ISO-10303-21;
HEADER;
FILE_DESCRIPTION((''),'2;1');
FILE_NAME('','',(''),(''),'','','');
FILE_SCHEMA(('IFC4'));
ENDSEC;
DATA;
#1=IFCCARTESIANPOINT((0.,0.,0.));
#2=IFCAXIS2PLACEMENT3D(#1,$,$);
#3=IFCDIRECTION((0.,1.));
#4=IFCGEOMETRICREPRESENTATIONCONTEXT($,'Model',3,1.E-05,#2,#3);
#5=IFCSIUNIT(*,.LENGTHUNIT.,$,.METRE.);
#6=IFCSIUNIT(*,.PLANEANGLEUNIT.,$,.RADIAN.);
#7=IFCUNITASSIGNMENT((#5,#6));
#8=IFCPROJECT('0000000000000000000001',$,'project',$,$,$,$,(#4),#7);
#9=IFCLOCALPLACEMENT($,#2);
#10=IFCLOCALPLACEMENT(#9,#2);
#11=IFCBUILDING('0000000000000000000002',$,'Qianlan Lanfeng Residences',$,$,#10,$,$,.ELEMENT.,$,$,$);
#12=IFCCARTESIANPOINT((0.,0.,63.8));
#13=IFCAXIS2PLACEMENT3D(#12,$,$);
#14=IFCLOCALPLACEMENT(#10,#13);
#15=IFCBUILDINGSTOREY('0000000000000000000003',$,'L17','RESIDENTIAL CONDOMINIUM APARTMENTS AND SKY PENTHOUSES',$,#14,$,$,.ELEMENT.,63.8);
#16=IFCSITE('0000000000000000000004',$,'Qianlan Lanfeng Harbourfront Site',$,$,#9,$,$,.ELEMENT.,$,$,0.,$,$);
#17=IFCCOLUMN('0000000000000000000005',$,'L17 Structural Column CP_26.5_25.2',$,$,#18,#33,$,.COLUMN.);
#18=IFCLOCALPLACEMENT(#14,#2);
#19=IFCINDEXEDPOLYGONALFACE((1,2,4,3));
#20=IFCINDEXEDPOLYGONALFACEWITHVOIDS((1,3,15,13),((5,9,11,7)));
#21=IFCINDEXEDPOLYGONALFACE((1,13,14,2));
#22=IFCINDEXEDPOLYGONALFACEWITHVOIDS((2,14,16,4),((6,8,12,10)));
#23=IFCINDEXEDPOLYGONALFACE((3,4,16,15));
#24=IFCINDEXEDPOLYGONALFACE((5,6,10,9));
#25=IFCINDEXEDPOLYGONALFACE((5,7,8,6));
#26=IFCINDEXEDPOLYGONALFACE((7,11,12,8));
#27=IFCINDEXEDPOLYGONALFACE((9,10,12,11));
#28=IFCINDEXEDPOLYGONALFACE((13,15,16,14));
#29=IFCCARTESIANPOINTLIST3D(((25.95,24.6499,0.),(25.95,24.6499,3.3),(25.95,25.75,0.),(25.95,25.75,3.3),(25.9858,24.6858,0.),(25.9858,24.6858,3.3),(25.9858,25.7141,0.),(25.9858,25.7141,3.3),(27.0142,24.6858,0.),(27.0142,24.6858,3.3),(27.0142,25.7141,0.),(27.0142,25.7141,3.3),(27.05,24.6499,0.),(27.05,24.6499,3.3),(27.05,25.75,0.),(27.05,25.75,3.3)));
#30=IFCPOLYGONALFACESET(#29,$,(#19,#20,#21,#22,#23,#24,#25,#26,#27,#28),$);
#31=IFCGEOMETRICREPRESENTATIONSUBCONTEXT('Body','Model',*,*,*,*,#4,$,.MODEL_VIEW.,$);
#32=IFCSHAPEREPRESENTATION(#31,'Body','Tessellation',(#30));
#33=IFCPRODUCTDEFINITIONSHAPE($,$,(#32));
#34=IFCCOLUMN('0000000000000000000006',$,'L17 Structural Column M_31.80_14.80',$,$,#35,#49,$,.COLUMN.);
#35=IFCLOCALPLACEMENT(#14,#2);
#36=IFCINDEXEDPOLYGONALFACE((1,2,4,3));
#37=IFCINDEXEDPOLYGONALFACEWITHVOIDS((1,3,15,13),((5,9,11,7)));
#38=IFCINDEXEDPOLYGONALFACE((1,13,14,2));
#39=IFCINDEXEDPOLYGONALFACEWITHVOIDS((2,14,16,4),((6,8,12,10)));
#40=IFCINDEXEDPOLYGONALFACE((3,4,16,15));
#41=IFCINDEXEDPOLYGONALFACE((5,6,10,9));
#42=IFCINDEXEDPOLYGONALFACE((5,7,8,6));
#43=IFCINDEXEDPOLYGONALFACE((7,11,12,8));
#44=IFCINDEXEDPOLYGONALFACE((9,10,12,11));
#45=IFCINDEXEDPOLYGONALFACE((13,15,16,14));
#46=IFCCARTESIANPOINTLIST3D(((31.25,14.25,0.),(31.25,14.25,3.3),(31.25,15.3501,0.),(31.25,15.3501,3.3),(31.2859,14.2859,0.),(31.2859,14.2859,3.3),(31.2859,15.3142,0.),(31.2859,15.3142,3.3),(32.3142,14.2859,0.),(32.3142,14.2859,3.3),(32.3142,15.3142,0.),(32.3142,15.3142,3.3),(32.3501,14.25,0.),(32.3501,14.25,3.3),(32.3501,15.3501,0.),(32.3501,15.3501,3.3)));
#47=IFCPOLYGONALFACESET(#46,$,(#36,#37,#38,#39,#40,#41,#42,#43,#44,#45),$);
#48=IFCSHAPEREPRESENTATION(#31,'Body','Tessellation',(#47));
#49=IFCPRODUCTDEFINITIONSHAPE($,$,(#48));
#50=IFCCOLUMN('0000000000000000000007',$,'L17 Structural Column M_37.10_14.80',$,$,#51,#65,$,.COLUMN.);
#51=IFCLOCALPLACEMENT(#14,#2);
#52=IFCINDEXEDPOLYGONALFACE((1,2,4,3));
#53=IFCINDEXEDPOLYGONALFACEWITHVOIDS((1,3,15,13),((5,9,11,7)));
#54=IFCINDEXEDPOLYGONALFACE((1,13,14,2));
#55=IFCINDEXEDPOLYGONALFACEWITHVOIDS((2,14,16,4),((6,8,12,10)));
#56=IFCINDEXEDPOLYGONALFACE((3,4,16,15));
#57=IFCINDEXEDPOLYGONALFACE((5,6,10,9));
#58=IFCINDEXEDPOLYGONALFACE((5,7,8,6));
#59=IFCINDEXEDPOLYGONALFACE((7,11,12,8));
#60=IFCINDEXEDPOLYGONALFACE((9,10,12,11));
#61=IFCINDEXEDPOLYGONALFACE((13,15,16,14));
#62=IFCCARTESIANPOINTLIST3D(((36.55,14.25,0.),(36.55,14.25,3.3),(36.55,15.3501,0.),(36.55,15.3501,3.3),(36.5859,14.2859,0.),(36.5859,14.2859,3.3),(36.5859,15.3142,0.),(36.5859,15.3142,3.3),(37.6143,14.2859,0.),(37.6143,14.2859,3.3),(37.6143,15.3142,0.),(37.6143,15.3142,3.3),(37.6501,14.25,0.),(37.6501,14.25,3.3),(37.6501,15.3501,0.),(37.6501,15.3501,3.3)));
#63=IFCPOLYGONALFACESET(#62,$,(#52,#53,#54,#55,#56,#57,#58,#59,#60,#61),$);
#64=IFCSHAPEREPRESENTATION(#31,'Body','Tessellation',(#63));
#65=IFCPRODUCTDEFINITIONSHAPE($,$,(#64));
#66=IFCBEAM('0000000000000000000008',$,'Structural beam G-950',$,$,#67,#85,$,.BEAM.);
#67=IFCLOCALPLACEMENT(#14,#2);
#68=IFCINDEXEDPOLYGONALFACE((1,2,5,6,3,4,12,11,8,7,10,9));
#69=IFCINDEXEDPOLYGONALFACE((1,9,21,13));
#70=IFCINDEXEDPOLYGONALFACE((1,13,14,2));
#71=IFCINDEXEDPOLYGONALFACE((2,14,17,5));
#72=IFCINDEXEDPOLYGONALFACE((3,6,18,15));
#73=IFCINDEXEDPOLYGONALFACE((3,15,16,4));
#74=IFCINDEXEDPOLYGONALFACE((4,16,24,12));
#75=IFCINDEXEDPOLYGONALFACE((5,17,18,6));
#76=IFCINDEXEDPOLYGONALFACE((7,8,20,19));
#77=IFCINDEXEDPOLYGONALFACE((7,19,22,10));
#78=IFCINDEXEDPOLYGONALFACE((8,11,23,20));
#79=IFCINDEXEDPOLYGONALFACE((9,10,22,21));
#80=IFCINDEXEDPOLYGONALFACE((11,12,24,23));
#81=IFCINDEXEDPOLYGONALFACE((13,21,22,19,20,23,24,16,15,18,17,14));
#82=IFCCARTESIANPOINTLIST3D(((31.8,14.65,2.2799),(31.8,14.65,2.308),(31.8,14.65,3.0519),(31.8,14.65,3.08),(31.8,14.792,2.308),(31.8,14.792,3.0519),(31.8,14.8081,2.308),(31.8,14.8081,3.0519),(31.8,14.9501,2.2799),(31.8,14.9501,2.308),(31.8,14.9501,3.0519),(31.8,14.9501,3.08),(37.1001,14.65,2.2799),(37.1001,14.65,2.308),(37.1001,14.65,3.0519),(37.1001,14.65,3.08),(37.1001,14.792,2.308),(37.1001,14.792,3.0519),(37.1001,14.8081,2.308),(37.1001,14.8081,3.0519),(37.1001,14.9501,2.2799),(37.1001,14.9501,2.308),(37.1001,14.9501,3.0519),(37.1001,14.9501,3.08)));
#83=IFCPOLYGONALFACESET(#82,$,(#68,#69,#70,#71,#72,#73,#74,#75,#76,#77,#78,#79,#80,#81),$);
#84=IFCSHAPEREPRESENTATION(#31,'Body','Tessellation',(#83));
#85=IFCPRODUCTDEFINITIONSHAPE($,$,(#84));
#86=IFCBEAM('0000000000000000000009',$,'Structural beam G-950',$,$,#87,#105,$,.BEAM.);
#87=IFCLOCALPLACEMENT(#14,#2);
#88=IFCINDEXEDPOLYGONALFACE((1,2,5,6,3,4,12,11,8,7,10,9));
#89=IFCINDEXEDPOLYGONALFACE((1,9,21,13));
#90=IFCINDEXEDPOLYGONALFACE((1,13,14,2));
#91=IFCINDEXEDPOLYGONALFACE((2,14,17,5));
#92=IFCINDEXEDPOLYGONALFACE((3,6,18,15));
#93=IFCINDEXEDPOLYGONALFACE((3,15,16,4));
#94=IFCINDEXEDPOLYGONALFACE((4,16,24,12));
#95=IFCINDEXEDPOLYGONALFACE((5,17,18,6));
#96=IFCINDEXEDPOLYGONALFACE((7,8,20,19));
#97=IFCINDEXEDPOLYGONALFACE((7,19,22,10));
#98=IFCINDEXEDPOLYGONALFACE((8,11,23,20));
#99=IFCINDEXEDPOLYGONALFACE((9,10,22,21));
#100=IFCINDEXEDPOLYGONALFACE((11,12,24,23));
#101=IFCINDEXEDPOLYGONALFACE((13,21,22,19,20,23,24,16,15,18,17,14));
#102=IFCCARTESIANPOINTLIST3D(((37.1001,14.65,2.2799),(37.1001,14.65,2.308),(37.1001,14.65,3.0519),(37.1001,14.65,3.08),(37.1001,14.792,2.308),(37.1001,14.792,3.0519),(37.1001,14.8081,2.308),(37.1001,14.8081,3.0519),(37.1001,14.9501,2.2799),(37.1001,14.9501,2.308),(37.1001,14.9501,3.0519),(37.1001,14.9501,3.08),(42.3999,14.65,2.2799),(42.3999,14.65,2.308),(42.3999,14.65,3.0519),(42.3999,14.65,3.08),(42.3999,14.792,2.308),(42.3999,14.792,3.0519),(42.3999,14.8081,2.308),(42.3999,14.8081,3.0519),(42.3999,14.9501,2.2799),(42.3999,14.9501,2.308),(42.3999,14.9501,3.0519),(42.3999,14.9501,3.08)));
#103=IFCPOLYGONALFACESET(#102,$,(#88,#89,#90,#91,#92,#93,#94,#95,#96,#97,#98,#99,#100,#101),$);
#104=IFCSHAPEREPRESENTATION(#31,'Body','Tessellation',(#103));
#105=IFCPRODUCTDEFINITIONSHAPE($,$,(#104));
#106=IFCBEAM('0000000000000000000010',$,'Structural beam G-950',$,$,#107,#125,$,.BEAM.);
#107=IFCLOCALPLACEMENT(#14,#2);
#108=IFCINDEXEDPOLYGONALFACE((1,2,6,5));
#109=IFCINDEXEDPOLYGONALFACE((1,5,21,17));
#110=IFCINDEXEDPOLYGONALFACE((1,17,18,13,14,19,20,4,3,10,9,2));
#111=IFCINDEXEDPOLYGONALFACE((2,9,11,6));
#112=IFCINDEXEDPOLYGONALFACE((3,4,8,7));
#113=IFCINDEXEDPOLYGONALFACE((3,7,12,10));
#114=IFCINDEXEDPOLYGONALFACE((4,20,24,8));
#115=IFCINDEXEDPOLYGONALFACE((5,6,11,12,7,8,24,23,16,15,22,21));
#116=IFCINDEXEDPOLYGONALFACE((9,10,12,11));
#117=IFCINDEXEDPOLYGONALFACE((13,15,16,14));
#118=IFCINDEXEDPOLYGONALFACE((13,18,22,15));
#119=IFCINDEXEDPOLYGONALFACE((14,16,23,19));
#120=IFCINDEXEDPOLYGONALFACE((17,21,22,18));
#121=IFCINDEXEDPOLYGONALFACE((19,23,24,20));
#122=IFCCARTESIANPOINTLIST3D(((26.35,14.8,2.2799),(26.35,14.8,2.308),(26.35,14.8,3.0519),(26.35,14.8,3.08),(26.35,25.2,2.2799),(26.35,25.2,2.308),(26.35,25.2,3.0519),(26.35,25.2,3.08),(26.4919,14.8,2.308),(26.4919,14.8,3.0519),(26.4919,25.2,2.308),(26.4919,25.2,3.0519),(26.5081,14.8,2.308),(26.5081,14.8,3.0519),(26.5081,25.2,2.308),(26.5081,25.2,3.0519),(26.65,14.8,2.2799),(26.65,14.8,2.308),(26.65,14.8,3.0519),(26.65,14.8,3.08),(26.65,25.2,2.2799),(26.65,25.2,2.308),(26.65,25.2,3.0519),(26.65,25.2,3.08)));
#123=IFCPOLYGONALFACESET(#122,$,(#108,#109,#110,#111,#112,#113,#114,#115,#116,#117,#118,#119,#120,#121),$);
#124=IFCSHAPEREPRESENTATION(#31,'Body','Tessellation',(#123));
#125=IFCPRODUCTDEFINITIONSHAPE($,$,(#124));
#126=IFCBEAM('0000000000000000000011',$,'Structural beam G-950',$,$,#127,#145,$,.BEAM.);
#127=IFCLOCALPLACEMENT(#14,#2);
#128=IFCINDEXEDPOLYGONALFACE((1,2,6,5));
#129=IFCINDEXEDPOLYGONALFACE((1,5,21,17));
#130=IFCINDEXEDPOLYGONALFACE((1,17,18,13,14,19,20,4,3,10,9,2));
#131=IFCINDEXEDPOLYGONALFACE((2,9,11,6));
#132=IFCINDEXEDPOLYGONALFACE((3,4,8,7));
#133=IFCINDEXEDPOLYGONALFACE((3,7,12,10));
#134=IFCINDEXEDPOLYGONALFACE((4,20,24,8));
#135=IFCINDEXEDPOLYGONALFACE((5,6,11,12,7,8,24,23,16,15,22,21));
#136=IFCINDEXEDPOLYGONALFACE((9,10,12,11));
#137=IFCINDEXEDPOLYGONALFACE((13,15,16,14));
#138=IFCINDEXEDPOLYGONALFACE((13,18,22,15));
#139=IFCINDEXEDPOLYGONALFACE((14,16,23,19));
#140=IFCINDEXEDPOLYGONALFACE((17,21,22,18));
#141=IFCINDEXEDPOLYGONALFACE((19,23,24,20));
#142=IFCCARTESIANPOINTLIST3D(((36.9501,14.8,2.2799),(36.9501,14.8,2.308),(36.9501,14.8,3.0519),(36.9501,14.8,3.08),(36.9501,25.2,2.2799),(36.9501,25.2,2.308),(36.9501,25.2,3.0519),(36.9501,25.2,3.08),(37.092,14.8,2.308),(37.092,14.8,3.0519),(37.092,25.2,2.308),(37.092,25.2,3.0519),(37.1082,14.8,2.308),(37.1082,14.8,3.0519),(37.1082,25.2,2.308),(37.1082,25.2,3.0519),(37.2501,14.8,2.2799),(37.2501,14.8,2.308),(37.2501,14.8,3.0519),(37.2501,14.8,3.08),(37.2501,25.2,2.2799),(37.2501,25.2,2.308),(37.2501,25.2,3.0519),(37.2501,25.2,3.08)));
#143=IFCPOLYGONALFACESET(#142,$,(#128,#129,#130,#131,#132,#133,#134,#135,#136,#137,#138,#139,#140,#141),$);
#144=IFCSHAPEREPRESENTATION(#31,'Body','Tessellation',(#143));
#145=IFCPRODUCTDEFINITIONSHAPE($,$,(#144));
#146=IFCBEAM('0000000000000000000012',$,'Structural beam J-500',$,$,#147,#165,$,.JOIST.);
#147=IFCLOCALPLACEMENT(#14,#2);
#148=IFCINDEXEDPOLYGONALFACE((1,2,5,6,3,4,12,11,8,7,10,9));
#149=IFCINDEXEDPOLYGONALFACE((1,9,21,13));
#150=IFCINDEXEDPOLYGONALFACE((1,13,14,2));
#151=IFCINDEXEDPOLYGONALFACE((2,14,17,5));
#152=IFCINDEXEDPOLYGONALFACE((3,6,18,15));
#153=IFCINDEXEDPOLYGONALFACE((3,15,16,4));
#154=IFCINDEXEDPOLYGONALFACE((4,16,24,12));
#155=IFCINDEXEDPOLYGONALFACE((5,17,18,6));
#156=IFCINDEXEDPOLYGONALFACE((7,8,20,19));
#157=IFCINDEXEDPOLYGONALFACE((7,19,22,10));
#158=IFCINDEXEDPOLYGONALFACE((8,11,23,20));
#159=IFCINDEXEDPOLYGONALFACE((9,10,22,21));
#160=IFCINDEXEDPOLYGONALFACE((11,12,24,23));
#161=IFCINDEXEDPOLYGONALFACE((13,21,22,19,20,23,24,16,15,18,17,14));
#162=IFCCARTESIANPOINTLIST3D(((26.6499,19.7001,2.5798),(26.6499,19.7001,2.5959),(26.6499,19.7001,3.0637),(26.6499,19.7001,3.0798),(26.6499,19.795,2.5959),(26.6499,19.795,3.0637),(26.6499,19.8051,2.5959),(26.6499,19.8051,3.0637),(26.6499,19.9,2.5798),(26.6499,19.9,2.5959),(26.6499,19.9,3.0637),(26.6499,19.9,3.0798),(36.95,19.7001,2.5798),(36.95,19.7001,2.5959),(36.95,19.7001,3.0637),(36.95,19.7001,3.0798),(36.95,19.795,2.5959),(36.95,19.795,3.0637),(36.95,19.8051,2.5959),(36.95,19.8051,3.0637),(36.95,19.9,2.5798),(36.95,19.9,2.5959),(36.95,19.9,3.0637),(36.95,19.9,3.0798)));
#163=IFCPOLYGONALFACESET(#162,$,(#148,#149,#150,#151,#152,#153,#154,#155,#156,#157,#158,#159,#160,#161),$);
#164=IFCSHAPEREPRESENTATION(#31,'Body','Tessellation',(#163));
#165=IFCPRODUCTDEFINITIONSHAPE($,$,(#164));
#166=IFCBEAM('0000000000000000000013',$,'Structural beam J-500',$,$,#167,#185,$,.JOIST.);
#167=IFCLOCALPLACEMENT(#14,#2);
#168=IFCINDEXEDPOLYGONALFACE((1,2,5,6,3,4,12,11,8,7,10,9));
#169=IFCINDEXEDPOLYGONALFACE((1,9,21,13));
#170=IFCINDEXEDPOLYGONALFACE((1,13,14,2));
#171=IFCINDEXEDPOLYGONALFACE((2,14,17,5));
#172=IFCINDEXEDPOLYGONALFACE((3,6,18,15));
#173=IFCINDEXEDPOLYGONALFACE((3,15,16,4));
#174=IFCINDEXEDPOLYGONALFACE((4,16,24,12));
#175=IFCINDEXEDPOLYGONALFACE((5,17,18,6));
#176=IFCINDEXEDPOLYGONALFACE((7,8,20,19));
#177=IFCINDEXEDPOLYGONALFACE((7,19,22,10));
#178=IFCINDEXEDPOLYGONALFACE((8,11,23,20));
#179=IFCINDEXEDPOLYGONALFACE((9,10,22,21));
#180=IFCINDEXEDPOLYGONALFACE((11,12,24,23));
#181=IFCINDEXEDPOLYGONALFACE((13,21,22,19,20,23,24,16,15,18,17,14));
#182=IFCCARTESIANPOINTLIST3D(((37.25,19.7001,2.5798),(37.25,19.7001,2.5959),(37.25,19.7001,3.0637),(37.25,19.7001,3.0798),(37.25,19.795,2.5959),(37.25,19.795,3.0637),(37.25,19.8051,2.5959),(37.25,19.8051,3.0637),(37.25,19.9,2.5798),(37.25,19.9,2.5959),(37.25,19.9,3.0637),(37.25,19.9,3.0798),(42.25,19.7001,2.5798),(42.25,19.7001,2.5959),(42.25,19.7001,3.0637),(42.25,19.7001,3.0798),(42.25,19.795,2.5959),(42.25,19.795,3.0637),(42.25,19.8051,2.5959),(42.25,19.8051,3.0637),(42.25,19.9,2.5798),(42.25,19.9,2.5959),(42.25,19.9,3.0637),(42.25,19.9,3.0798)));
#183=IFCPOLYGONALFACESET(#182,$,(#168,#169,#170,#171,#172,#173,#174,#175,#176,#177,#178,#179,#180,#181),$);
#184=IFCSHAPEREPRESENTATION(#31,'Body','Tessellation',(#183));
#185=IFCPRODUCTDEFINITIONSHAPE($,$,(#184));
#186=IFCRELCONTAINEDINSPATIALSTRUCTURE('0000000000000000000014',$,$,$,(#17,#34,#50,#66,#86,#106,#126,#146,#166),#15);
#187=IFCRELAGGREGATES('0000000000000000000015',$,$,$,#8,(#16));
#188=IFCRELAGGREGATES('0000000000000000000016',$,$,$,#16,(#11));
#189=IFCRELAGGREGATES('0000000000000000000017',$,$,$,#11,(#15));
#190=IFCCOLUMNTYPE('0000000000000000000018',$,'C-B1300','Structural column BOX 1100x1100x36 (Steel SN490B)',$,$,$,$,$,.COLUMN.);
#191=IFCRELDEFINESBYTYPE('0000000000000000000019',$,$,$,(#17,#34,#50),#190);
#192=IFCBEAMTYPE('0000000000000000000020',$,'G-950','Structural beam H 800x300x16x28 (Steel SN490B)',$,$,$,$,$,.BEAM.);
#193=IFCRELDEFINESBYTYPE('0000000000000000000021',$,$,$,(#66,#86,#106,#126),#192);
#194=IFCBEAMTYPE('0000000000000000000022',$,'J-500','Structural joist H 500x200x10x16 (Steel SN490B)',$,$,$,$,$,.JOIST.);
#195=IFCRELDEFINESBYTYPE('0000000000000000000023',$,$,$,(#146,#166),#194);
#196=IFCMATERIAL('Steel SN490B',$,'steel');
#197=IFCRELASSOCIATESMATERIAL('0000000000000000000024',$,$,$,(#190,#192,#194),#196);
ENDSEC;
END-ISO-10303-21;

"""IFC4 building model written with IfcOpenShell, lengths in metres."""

from ifc_helpers import new_model, si_unit, direction, frame, origin, origin_2d, place, context, subcontext, project, spatial, hollow_rectangle, i_section, extrude, material, material_profile, profile_set, type_object, element, save


model = new_model("IFC4")

# Units and contexts
model_context = context("Model", 3, precision=1e-05, world=origin(), true_north=direction((0.0, 1.0)))
body_context = subcontext(model_context, "Body", "Model", "MODEL_VIEW")
ifc_project = project(units=[si_unit("LENGTHUNIT", "METRE"), si_unit("PLANEANGLEUNIT", "RADIAN")], contexts=[model_context])

# Site, building, storey
site_placement = place(None, origin())
site = spatial("IfcSite", under=ifc_project, at=site_placement, Name="Qianlan Lanfeng Harbourfront Site", CompositionType="ELEMENT", RefElevation=0.0)
building_placement = place(site_placement, origin())
building = spatial("IfcBuilding", under=site, at=building_placement, Name="Qianlan Lanfeng Residences", CompositionType="ELEMENT")
storey_placement = place(building_placement, frame((0.0, 0.0, 63.8)))
storey = spatial("IfcBuildingStorey", under=building, at=storey_placement, Name="L17", Description="RESIDENTIAL CONDOMINIUM APARTMENTS AND SKY PENTHOUSES", CompositionType="ELEMENT", Elevation=63.8)

# Columns
ifc_material_1 = material(Name="Steel SN490B", Category="steel")
ifc_material_profile_1 = material_profile(ifc_material_1, hollow_rectangle(XDim=1.1001, YDim=1.1001, WallThickness=0.0359, at=origin_2d()), Name="BOX 1100x1100x36")
ifc_profile_set_1 = profile_set([ifc_material_profile_1], Name="Steel SN490B")
column_type = type_object("IfcColumnType", Name="C-B1300", Description="Structural column BOX 1100x1100x36 (Steel SN490B)", PredefinedType="COLUMN", material=ifc_profile_set_1)
for number, where, z_axis, x_axis, name in (
    (1, (26.5, 25.2, 0.0), (0.0, 0.0, 1.0), (1.0, 0.0, 0.0), "L17 Structural Column CP_26.5_25.2"),
    (2, (31.8, 14.8, 0.0), (0.0, 0.0, 1.0), (1.0, 0.0, 0.0), "L17 Structural Column M_31.80_14.80"),
    (3, (37.1001, 14.8, 0.0), (0.0, 0.0, 1.0), (1.0, 0.0, 0.0), "L17 Structural Column M_37.10_14.80"),
):
    element("IfcColumn", number, at=place(storey_placement, frame(where, z_axis=z_axis, x_axis=x_axis)), inside=storey, type_object=column_type, Name=name, PredefinedType="COLUMN", context=body_context, shape_type="SweptSolid", body=[
        extrude(hollow_rectangle(XDim=1.1001, YDim=1.1001, WallThickness=0.0359, at=origin_2d()), origin(), (0.0, 0.0, 1.0), 3.3),
    ])

# Beams
ifc_material_profile_2 = material_profile(ifc_material_1, i_section(OverallWidth=0.3, OverallDepth=0.8, WebThickness=0.0161, FlangeThickness=0.0281, at=origin_2d()), Name="H 800x300x16x28")
ifc_profile_set_2 = profile_set([ifc_material_profile_2], Name="Steel SN490B")
beam_type_1 = type_object("IfcBeamType", Name="G-950", Description="Structural beam H 800x300x16x28 (Steel SN490B)", PredefinedType="BEAM", material=ifc_profile_set_2)
beam_1_placement = place(storey_placement, frame((31.8, 14.8, 2.6799), z_axis=(1.0, 0.0, 0.0), x_axis=(0.0, 1.0, 0.0)))
element("IfcBeam", 4, at=beam_1_placement, inside=storey, type_object=beam_type_1, Name="Structural beam G-950", PredefinedType="BEAM", context=body_context, shape_type="SweptSolid", body=[
    extrude(i_section(OverallWidth=0.3, OverallDepth=0.8, WebThickness=0.0161, FlangeThickness=0.0281, at=origin_2d()), origin(), (0.0, 0.0, 1.0), 5.3),
])
beam_2_placement = place(storey_placement, frame((37.1001, 14.8, 2.6799), z_axis=(1.0, 0.0, 0.0), x_axis=(0.0, 1.0, 0.0)))
element("IfcBeam", 5, at=beam_2_placement, inside=storey, type_object=beam_type_1, Name="Structural beam G-950", PredefinedType="BEAM", context=body_context, shape_type="SweptSolid", body=[
    extrude(i_section(OverallWidth=0.3, OverallDepth=0.8, WebThickness=0.0161, FlangeThickness=0.0281, at=origin_2d()), origin(), (0.0, 0.0, 1.0), 5.2998),
])
for number, where, z_axis, x_axis, name in (
    (6, (26.5, 14.8, 2.6799), (0.0, 1.0, 0.0), (-1.0, 0.0, 0.0), "Structural beam G-950"),
    (7, (37.1001, 14.8, 2.6799), (0.0, 1.0, 0.0), (-1.0, 0.0, 0.0), "Structural beam G-950"),
):
    element("IfcBeam", number, at=place(storey_placement, frame(where, z_axis=z_axis, x_axis=x_axis)), inside=storey, type_object=beam_type_1, Name=name, PredefinedType="BEAM", context=body_context, shape_type="SweptSolid", body=[
        extrude(i_section(OverallWidth=0.3, OverallDepth=0.8, WebThickness=0.0161, FlangeThickness=0.0281, at=origin_2d()), origin(), (0.0, 0.0, 1.0), 10.3999),
    ])
ifc_material_profile_3 = material_profile(ifc_material_1, i_section(OverallWidth=0.2, OverallDepth=0.5, WebThickness=0.01, FlangeThickness=0.0161, at=origin_2d()), Name="H 500x200x10x16")
ifc_profile_set_3 = profile_set([ifc_material_profile_3], Name="Steel SN490B")
beam_type_2 = type_object("IfcBeamType", Name="J-500", Description="Structural joist H 500x200x10x16 (Steel SN490B)", PredefinedType="JOIST", material=ifc_profile_set_3)
beam_3_placement = place(storey_placement, frame((26.6499, 19.8, 2.8298), z_axis=(1.0, 0.0, 0.0), x_axis=(0.0, 1.0, 0.0)))
element("IfcBeam", 8, at=beam_3_placement, inside=storey, type_object=beam_type_2, Name="Structural beam J-500", PredefinedType="JOIST", context=body_context, shape_type="SweptSolid", body=[
    extrude(i_section(OverallWidth=0.2, OverallDepth=0.5, WebThickness=0.01, FlangeThickness=0.0161, at=origin_2d()), origin(), (0.0, 0.0, 1.0), 10.3),
])
beam_4_placement = place(storey_placement, frame((37.25, 19.8, 2.8298), z_axis=(1.0, 0.0, 0.0), x_axis=(0.0, 1.0, 0.0)))
element("IfcBeam", 9, at=beam_4_placement, inside=storey, type_object=beam_type_2, Name="Structural beam J-500", PredefinedType="JOIST", context=body_context, shape_type="SweptSolid", body=[
    extrude(i_section(OverallWidth=0.2, OverallDepth=0.5, WebThickness=0.01, FlangeThickness=0.0161, at=origin_2d()), origin(), (0.0, 0.0, 1.0), 5.0),
])

save(model, "model.ifc")
